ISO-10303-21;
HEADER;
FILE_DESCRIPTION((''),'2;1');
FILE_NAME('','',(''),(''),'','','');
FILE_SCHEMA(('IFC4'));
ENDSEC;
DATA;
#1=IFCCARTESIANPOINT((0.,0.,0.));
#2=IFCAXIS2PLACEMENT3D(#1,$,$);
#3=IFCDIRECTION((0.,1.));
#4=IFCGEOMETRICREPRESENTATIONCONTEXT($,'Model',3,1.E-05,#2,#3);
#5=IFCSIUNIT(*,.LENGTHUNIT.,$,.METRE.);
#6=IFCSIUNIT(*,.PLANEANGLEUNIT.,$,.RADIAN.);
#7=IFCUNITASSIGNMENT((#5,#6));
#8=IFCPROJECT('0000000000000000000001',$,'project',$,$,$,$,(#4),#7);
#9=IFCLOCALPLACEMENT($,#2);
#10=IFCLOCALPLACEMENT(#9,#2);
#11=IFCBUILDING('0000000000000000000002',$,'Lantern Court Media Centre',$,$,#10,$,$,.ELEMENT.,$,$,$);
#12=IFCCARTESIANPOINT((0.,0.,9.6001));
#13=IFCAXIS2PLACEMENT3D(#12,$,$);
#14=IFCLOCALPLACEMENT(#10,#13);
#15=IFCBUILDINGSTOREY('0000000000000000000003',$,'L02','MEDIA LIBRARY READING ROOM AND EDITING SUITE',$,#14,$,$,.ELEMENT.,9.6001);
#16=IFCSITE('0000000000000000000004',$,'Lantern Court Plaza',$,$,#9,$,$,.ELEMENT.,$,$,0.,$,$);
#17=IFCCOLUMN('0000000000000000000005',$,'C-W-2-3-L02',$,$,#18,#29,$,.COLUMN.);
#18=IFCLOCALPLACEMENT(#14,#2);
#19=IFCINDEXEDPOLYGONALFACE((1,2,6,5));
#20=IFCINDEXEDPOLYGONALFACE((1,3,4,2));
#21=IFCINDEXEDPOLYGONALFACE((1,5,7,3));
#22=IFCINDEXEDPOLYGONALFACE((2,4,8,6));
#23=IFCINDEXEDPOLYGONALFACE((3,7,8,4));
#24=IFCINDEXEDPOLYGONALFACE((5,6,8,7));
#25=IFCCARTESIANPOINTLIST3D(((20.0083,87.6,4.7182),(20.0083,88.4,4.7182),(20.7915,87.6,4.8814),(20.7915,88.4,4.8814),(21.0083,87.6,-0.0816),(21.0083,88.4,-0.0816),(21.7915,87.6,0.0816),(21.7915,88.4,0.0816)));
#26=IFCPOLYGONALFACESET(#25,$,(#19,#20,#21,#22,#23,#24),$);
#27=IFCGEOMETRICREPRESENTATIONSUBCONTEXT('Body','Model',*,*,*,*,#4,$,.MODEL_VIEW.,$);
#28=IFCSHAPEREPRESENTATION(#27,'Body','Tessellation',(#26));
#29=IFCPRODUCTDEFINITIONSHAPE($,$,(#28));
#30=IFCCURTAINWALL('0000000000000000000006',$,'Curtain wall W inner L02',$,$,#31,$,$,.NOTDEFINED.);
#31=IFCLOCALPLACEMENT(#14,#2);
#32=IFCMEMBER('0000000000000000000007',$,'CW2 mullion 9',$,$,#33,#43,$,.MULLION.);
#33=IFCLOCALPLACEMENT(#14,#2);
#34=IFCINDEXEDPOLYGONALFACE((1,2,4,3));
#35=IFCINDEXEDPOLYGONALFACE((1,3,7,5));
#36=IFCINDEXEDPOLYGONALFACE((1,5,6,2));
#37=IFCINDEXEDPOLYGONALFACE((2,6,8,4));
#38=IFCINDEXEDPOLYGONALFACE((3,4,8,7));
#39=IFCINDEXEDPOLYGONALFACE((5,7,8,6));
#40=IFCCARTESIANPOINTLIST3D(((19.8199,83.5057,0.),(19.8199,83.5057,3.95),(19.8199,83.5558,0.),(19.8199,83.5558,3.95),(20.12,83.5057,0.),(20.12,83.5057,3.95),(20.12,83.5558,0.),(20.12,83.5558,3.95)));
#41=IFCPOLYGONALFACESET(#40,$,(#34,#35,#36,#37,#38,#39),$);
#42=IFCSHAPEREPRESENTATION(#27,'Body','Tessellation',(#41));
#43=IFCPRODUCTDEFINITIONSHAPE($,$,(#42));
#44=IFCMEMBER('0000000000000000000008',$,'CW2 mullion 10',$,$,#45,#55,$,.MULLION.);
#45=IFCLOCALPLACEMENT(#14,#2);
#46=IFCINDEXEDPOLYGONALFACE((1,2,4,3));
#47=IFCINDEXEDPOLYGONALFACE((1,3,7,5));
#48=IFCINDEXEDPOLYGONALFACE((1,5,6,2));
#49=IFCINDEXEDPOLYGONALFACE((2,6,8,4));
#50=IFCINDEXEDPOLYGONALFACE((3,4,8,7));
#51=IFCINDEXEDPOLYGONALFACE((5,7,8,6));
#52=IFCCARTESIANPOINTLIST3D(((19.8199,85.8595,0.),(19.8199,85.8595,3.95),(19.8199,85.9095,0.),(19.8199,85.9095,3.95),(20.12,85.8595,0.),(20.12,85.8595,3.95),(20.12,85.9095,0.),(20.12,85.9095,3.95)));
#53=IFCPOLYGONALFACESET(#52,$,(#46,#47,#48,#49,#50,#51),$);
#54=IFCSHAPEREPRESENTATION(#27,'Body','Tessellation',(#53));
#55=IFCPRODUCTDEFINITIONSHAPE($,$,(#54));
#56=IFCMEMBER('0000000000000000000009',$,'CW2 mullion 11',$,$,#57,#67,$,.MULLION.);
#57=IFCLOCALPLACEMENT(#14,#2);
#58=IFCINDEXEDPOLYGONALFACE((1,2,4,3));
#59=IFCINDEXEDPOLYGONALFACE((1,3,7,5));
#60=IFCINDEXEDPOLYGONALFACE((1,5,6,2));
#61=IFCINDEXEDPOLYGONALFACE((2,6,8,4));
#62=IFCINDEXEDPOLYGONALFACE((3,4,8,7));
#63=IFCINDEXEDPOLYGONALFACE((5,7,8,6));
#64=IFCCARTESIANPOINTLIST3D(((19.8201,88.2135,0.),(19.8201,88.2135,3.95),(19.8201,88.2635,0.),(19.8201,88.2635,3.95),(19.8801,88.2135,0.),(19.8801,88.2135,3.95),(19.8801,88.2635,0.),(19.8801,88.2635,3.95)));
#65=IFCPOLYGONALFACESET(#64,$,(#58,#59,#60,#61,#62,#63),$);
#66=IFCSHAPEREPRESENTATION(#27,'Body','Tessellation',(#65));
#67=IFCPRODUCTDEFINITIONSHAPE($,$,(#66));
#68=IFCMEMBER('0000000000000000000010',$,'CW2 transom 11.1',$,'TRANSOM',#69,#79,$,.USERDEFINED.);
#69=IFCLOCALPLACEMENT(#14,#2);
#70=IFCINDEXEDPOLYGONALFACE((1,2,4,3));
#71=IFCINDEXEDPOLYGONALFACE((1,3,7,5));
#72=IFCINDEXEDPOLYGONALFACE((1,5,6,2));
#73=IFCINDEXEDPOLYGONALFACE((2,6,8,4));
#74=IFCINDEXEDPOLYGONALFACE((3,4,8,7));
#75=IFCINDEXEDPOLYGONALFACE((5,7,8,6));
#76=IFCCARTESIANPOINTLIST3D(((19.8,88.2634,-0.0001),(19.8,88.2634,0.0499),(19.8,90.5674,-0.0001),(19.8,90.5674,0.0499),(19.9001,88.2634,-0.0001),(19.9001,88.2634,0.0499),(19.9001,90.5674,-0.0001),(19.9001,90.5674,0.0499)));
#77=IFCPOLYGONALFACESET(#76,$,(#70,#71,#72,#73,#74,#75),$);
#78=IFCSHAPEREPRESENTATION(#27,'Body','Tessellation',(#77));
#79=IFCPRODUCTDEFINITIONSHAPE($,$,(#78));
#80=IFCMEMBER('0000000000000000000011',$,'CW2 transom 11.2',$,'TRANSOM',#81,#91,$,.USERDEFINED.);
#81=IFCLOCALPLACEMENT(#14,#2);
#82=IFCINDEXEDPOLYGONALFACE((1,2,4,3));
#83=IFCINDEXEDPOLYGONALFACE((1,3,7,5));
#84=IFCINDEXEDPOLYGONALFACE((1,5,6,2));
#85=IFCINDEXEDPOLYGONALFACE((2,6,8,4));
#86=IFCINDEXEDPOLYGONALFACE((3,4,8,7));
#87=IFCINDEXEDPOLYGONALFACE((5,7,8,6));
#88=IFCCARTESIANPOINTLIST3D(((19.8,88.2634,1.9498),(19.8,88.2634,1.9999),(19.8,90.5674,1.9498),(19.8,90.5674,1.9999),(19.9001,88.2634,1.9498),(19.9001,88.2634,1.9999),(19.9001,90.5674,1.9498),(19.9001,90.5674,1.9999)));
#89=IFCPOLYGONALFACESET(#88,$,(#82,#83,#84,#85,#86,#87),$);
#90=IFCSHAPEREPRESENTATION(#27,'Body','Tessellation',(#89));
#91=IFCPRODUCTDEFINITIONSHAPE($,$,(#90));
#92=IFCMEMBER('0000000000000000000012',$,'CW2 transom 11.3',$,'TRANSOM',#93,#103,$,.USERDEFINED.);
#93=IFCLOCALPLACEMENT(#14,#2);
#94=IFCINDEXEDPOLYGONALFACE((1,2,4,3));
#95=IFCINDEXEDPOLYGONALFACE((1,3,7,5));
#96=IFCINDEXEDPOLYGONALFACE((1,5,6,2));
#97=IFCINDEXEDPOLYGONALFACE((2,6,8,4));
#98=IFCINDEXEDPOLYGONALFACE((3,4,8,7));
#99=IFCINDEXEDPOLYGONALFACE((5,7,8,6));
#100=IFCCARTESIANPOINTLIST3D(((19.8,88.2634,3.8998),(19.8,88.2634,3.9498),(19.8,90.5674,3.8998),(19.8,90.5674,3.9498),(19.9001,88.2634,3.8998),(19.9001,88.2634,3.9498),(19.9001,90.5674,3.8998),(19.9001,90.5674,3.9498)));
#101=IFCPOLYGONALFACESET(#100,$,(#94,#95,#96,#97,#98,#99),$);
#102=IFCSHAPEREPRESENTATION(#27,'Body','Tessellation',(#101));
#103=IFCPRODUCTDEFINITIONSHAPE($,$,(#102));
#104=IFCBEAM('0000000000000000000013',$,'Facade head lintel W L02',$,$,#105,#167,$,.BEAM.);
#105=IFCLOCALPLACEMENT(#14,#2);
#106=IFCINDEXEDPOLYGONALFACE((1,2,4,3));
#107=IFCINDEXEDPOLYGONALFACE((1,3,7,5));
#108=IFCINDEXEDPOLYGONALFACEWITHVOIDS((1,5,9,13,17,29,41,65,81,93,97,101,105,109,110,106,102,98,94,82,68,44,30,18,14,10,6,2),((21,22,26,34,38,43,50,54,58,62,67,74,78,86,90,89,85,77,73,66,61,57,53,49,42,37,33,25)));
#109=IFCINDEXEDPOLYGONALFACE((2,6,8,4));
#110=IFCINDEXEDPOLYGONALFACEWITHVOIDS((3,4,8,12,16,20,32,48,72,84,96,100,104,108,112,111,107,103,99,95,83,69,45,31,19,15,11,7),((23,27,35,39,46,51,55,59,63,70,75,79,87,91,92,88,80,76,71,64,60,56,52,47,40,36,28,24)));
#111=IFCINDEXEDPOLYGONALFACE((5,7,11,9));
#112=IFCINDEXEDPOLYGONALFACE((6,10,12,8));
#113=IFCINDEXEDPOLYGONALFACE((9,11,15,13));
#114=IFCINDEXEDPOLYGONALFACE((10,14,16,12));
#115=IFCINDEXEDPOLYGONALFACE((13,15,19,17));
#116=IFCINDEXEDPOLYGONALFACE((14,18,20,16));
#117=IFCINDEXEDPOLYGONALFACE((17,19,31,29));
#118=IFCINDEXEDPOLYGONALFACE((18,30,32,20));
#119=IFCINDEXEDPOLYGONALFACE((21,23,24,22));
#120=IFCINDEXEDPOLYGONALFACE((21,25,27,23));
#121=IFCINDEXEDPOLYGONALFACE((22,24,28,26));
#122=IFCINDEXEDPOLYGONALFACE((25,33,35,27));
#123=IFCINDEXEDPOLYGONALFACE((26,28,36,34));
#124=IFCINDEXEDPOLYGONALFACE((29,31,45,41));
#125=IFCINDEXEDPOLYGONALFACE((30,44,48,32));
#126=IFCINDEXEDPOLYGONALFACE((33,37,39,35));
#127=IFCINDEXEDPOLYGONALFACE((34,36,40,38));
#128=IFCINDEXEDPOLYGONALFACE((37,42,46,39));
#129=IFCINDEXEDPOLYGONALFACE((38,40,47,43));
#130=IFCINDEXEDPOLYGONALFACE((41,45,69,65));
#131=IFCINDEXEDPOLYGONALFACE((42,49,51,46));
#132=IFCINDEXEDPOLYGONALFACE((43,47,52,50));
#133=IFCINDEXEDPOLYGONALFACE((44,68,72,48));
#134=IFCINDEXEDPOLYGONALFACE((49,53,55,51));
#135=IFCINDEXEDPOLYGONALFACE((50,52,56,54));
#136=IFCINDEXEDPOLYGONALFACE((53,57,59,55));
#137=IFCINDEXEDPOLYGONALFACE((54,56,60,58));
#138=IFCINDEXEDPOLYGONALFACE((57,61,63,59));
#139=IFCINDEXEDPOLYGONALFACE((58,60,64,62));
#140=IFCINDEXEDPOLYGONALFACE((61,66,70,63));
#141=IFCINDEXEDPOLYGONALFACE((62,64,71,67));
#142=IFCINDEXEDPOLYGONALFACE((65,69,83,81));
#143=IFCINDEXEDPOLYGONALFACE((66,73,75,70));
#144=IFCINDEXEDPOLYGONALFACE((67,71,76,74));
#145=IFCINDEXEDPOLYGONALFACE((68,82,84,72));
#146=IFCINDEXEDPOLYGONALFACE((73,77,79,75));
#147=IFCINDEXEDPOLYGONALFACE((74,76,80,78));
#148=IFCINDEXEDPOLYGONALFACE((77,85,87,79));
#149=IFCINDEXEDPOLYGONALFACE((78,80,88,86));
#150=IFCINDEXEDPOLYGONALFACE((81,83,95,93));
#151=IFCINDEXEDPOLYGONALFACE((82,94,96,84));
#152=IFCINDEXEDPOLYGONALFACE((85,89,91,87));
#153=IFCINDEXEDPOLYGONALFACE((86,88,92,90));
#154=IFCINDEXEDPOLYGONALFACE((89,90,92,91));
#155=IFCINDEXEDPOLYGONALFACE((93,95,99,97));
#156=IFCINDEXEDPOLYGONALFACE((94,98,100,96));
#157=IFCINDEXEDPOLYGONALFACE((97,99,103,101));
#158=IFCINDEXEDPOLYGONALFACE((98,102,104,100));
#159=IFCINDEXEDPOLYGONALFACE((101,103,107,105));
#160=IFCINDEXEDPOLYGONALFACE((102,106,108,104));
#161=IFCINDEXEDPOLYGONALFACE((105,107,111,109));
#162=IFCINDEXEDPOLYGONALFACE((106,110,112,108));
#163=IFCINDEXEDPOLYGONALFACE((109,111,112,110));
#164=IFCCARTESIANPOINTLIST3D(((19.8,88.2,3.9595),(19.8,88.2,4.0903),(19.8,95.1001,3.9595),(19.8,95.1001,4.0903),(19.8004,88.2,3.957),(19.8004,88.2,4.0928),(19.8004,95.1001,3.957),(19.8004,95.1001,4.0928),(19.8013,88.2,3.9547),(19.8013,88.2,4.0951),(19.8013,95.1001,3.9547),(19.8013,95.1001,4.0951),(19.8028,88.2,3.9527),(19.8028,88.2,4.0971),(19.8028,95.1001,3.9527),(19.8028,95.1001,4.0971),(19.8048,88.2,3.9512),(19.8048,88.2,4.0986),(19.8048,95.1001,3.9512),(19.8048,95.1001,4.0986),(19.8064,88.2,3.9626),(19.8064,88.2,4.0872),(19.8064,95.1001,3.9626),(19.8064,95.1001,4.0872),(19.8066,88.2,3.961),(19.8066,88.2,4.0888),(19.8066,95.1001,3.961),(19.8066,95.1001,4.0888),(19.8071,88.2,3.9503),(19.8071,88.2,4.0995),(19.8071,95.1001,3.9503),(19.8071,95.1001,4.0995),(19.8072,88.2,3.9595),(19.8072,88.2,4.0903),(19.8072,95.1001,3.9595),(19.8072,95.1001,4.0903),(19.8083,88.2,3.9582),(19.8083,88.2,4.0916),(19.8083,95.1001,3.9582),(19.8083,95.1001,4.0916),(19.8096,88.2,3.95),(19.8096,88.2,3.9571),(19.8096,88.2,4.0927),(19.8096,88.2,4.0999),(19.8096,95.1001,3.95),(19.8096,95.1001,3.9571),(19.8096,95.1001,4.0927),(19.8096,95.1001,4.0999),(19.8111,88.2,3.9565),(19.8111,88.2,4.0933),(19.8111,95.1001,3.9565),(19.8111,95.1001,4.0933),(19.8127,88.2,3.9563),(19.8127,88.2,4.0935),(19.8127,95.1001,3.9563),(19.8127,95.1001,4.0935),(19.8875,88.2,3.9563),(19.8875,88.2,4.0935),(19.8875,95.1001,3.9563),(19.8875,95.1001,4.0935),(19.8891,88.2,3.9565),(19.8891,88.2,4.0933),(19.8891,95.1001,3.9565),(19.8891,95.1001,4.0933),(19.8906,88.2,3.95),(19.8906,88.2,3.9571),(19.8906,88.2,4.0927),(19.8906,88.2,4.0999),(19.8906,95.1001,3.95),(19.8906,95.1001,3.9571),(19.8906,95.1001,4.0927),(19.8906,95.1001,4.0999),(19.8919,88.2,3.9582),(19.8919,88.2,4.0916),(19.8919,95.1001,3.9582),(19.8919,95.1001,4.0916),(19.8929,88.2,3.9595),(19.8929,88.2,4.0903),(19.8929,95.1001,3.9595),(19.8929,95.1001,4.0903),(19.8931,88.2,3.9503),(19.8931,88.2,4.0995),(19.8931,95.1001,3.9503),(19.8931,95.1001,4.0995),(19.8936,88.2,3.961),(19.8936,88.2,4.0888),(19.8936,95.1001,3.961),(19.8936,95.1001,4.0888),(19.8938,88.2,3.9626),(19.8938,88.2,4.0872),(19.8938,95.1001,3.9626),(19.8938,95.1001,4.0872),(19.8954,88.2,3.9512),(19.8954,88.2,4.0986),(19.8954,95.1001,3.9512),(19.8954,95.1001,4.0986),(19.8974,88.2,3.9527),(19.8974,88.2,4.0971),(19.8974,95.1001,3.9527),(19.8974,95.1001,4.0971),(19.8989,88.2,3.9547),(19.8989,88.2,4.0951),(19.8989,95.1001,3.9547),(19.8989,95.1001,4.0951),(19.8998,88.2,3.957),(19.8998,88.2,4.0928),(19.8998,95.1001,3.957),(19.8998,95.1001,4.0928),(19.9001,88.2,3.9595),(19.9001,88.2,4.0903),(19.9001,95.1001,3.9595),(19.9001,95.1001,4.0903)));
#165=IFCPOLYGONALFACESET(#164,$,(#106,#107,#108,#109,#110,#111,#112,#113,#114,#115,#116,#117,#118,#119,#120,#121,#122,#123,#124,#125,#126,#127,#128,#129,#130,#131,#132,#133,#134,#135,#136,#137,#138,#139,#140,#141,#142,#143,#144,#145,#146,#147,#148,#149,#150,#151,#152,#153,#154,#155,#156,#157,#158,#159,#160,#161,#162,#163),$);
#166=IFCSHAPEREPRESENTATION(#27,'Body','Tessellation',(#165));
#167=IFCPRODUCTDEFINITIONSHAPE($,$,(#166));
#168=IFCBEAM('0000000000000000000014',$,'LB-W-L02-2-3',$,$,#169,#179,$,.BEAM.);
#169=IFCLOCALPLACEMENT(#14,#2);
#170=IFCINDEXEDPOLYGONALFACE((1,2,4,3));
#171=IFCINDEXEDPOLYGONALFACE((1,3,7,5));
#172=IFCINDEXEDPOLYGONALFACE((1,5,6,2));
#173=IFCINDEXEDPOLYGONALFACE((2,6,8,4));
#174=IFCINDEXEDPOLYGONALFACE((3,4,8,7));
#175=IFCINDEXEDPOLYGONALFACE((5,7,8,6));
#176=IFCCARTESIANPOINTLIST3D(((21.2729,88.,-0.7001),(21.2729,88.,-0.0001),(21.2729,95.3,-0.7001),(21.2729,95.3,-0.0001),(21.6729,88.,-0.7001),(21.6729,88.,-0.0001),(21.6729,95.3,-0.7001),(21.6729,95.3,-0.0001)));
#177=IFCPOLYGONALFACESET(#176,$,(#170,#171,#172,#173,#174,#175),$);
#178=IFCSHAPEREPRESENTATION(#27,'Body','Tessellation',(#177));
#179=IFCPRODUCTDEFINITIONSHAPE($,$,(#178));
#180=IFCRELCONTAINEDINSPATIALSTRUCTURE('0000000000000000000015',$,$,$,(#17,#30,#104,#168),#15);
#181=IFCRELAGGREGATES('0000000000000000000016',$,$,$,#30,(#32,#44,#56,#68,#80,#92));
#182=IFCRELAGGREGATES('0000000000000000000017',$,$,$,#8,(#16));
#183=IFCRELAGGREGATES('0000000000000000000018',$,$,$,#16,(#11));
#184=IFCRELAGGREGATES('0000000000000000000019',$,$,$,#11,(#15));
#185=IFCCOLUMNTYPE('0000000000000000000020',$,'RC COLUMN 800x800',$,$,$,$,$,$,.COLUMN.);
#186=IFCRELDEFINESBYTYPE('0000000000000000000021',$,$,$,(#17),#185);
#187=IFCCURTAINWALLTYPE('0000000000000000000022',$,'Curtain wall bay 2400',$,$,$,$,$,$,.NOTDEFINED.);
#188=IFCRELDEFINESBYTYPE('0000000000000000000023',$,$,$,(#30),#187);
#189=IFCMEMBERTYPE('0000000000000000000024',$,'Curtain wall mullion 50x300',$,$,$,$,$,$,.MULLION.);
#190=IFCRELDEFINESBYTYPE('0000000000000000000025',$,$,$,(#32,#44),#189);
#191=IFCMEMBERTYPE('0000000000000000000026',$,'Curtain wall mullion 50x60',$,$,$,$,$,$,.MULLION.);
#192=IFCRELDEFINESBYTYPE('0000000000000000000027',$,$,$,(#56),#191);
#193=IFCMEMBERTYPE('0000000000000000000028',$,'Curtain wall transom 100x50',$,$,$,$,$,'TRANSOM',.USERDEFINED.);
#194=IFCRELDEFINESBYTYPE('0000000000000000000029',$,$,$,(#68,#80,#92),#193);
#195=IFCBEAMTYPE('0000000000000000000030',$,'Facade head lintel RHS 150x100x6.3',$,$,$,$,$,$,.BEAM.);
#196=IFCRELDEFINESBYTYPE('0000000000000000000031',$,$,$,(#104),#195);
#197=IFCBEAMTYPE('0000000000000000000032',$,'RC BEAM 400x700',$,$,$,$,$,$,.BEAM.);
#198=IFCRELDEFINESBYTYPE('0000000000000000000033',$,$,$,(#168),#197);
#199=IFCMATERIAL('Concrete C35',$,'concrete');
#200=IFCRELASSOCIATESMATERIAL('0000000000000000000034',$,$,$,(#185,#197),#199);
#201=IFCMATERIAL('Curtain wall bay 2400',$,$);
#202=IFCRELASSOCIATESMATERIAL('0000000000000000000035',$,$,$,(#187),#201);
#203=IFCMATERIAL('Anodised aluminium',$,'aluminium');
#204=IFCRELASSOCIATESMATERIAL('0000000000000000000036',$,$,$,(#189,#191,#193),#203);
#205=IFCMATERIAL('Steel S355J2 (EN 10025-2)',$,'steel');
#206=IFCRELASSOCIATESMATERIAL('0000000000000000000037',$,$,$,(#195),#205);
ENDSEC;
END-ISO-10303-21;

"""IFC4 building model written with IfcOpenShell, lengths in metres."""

from ifc_helpers import new_model, si_unit, direction, frame, origin, origin_2d, place, context, subcontext, project, spatial, rectangle, hollow_rectangle, extrude, material, material_profile, profile_set, type_object, element, aggregate, save


model = new_model("IFC4")

# Units and contexts
model_context = context("Model", 3, precision=1e-05, world=origin(), true_north=direction((0.0, 1.0)))
body_context = subcontext(model_context, "Body", "Model", "MODEL_VIEW")
ifc_project = project(units=[si_unit("LENGTHUNIT", "METRE"), si_unit("PLANEANGLEUNIT", "RADIAN")], contexts=[model_context])

# Site, building, storey
site_placement = place(None, origin())
site = spatial("IfcSite", under=ifc_project, at=site_placement, Name="Lantern Court Plaza", CompositionType="ELEMENT", RefElevation=0.0)
building_placement = place(site_placement, origin())
building = spatial("IfcBuilding", under=site, at=building_placement, Name="Lantern Court Media Centre", CompositionType="ELEMENT")
storey_placement = place(building_placement, frame((0.0, 0.0, 9.6001)))
storey = spatial("IfcBuildingStorey", under=building, at=storey_placement, Name="L02", Description="MEDIA LIBRARY READING ROOM AND EDITING SUITE", CompositionType="ELEMENT", Elevation=9.6001)

# Column
ifc_material_1 = material(Name="Concrete C35", Category="concrete")
ifc_material_profile_1 = material_profile(ifc_material_1, rectangle(XDim=0.8, YDim=0.8, at=origin_2d()), Name="RC 800x800")
ifc_profile_set_1 = profile_set([ifc_material_profile_1], Name="Concrete C35")
column_type = type_object("IfcColumnType", Name="RC COLUMN 800x800", PredefinedType="COLUMN", material=ifc_profile_set_1)
column_placement = place(storey_placement, frame((21.3999, 88.0, 0.0), z_axis=(-0.203962, 0.0, 0.978979), x_axis=(0.0, -1.0, 0.0)))
element("IfcColumn", 1, at=column_placement, inside=storey, type_object=column_type, Name="C-W-2-3-L02", PredefinedType="COLUMN", context=body_context, shape_type="SweptSolid", body=[
    extrude(rectangle(XDim=0.8, YDim=0.8, at=origin_2d()), origin(), (0.0, 0.0, 1.0), 4.9028),
])

# Curtain wall, members
ifc_material_2 = material(Name="Curtain wall bay 2400")
curtain_wall_type = type_object("IfcCurtainWallType", Name="Curtain wall bay 2400", PredefinedType="NOTDEFINED", material=ifc_material_2)
curtain_wall_placement = place(storey_placement, origin())
curtain_wall = element("IfcCurtainWall", 2, at=curtain_wall_placement, inside=storey, type_object=curtain_wall_type, Name="Curtain wall W inner L02", PredefinedType="NOTDEFINED")
ifc_material_3 = material(Name="Anodised aluminium", Category="aluminium")
ifc_material_profile_2 = material_profile(ifc_material_3, rectangle(XDim=0.3, YDim=0.05, at=origin_2d()), Name="AL 50x300")
ifc_profile_set_2 = profile_set([ifc_material_profile_2], Name="Anodised aluminium")
member_type_1 = type_object("IfcMemberType", Name="Curtain wall mullion 50x300", PredefinedType="MULLION", material=ifc_profile_set_2)
member_1_placement = place(storey_placement, frame((19.97, 83.5308, 0.0), z_axis=(0.0, 0.0, 1.0), x_axis=(-1.0, 0.0, 0.0)))
member_1 = element("IfcMember", 3, at=member_1_placement, type_object=member_type_1, Name="CW2 mullion 9", PredefinedType="MULLION", context=body_context, shape_type="SweptSolid", body=[
    extrude(rectangle(XDim=0.3, YDim=0.05, at=origin_2d()), origin(), (0.0, 0.0, 1.0), 3.95),
])
member_2_placement = place(storey_placement, frame((19.97, 85.8845, 0.0), z_axis=(0.0, 0.0, 1.0), x_axis=(-1.0, 0.0, 0.0)))
member_2 = element("IfcMember", 4, at=member_2_placement, type_object=member_type_1, Name="CW2 mullion 10", PredefinedType="MULLION", context=body_context, shape_type="SweptSolid", body=[
    extrude(rectangle(XDim=0.3, YDim=0.05, at=origin_2d()), origin(), (0.0, 0.0, 1.0), 3.95),
])
ifc_material_profile_3 = material_profile(ifc_material_3, rectangle(XDim=0.0601, YDim=0.05, at=origin_2d()), Name="AL 50x60")
ifc_profile_set_3 = profile_set([ifc_material_profile_3], Name="Anodised aluminium")
member_type_2 = type_object("IfcMemberType", Name="Curtain wall mullion 50x60", PredefinedType="MULLION", material=ifc_profile_set_3)
member_3_placement = place(storey_placement, frame((19.8501, 88.2385, 0.0), z_axis=(0.0, 0.0, 1.0), x_axis=(-1.0, 0.0, 0.0)))
member_3 = element("IfcMember", 5, at=member_3_placement, type_object=member_type_2, Name="CW2 mullion 11", PredefinedType="MULLION", context=body_context, shape_type="SweptSolid", body=[
    extrude(rectangle(XDim=0.0601, YDim=0.05, at=origin_2d()), origin(), (0.0, 0.0, 1.0), 3.95),
])
ifc_material_profile_4 = material_profile(ifc_material_3, rectangle(XDim=0.1001, YDim=0.05, at=origin_2d()), Name="AL 50x100")
ifc_profile_set_4 = profile_set([ifc_material_profile_4], Name="Anodised aluminium")
member_type_3 = type_object("IfcMemberType", Name="Curtain wall transom 100x50", ElementType="TRANSOM", PredefinedType="USERDEFINED", material=ifc_profile_set_4)
member_4_placement = place(storey_placement, frame((19.8501, 88.2634, 0.0249), z_axis=(0.0, 1.0, 0.0), x_axis=(-1.0, 0.0, 0.0)))
member_4 = element("IfcMember", 6, at=member_4_placement, type_object=member_type_3, Name="CW2 transom 11.1", ObjectType="TRANSOM", PredefinedType="USERDEFINED", context=body_context, shape_type="SweptSolid", body=[
    extrude(rectangle(XDim=0.1001, YDim=0.05, at=origin_2d()), origin(), (0.0, 0.0, 1.0), 2.304),
])
member_5_placement = place(storey_placement, frame((19.8501, 88.2634, 1.9749), z_axis=(0.0, 1.0, 0.0), x_axis=(-1.0, 0.0, 0.0)))
member_5 = element("IfcMember", 7, at=member_5_placement, type_object=member_type_3, Name="CW2 transom 11.2", ObjectType="TRANSOM", PredefinedType="USERDEFINED", context=body_context, shape_type="SweptSolid", body=[
    extrude(rectangle(XDim=0.1001, YDim=0.05, at=origin_2d()), origin(), (0.0, 0.0, 1.0), 2.304),
])
member_6_placement = place(storey_placement, frame((19.8501, 88.2634, 3.9248), z_axis=(0.0, 1.0, 0.0), x_axis=(-1.0, 0.0, 0.0)))
member_6 = element("IfcMember", 8, at=member_6_placement, type_object=member_type_3, Name="CW2 transom 11.3", ObjectType="TRANSOM", PredefinedType="USERDEFINED", context=body_context, shape_type="SweptSolid", body=[
    extrude(rectangle(XDim=0.1001, YDim=0.05, at=origin_2d()), origin(), (0.0, 0.0, 1.0), 2.304),
])

# Beams
ifc_material_4 = material(Name="Steel S355J2 (EN 10025-2)", Category="steel")
ifc_material_profile_5 = material_profile(ifc_material_4, hollow_rectangle(XDim=0.1001, YDim=0.1499, WallThickness=0.0063, InnerFilletRadius=0.0063, OuterFilletRadius=0.0095, at=origin_2d()), Name="Facade head lintel RHS 150x100x6.3")
ifc_profile_set_5 = profile_set([ifc_material_profile_5], Name="Steel S355J2 (EN 10025-2)")
beam_type_1 = type_object("IfcBeamType", Name="Facade head lintel RHS 150x100x6.3", PredefinedType="BEAM", material=ifc_profile_set_5)
beam_1_placement = place(storey_placement, frame((19.8501, 88.2, 4.0249), z_axis=(0.0, 1.0, 0.0), x_axis=(-1.0, 0.0, 0.0)))
element("IfcBeam", 9, at=beam_1_placement, inside=storey, type_object=beam_type_1, Name="Facade head lintel W L02", PredefinedType="BEAM", context=body_context, shape_type="SweptSolid", body=[
    extrude(hollow_rectangle(XDim=0.1001, YDim=0.1499, WallThickness=0.0063, InnerFilletRadius=0.0063, OuterFilletRadius=0.0095, at=origin_2d()), origin(), (0.0, 0.0, 1.0), 6.9001),
])
ifc_material_profile_6 = material_profile(ifc_material_1, rectangle(XDim=0.3999, YDim=0.7, at=origin_2d()), Name="RC 400x700")
ifc_profile_set_6 = profile_set([ifc_material_profile_6], Name="Concrete C35")
beam_type_2 = type_object("IfcBeamType", Name="RC BEAM 400x700", PredefinedType="BEAM", material=ifc_profile_set_6)
beam_2_placement = place(storey_placement, frame((21.4729, 88.0, -0.3501), z_axis=(0.0, 1.0, 0.0), x_axis=(-1.0, 0.0, 0.0)))
element("IfcBeam", 10, at=beam_2_placement, inside=storey, type_object=beam_type_2, Name="LB-W-L02-2-3", PredefinedType="BEAM", context=body_context, shape_type="SweptSolid", body=[
    extrude(rectangle(XDim=0.3999, YDim=0.7, at=origin_2d()), origin(), (0.0, 0.0, 1.0), 7.3),
])

aggregate(curtain_wall, [member_1, member_2, member_3, member_4, member_5, member_6])

save(model, "model.ifc")
